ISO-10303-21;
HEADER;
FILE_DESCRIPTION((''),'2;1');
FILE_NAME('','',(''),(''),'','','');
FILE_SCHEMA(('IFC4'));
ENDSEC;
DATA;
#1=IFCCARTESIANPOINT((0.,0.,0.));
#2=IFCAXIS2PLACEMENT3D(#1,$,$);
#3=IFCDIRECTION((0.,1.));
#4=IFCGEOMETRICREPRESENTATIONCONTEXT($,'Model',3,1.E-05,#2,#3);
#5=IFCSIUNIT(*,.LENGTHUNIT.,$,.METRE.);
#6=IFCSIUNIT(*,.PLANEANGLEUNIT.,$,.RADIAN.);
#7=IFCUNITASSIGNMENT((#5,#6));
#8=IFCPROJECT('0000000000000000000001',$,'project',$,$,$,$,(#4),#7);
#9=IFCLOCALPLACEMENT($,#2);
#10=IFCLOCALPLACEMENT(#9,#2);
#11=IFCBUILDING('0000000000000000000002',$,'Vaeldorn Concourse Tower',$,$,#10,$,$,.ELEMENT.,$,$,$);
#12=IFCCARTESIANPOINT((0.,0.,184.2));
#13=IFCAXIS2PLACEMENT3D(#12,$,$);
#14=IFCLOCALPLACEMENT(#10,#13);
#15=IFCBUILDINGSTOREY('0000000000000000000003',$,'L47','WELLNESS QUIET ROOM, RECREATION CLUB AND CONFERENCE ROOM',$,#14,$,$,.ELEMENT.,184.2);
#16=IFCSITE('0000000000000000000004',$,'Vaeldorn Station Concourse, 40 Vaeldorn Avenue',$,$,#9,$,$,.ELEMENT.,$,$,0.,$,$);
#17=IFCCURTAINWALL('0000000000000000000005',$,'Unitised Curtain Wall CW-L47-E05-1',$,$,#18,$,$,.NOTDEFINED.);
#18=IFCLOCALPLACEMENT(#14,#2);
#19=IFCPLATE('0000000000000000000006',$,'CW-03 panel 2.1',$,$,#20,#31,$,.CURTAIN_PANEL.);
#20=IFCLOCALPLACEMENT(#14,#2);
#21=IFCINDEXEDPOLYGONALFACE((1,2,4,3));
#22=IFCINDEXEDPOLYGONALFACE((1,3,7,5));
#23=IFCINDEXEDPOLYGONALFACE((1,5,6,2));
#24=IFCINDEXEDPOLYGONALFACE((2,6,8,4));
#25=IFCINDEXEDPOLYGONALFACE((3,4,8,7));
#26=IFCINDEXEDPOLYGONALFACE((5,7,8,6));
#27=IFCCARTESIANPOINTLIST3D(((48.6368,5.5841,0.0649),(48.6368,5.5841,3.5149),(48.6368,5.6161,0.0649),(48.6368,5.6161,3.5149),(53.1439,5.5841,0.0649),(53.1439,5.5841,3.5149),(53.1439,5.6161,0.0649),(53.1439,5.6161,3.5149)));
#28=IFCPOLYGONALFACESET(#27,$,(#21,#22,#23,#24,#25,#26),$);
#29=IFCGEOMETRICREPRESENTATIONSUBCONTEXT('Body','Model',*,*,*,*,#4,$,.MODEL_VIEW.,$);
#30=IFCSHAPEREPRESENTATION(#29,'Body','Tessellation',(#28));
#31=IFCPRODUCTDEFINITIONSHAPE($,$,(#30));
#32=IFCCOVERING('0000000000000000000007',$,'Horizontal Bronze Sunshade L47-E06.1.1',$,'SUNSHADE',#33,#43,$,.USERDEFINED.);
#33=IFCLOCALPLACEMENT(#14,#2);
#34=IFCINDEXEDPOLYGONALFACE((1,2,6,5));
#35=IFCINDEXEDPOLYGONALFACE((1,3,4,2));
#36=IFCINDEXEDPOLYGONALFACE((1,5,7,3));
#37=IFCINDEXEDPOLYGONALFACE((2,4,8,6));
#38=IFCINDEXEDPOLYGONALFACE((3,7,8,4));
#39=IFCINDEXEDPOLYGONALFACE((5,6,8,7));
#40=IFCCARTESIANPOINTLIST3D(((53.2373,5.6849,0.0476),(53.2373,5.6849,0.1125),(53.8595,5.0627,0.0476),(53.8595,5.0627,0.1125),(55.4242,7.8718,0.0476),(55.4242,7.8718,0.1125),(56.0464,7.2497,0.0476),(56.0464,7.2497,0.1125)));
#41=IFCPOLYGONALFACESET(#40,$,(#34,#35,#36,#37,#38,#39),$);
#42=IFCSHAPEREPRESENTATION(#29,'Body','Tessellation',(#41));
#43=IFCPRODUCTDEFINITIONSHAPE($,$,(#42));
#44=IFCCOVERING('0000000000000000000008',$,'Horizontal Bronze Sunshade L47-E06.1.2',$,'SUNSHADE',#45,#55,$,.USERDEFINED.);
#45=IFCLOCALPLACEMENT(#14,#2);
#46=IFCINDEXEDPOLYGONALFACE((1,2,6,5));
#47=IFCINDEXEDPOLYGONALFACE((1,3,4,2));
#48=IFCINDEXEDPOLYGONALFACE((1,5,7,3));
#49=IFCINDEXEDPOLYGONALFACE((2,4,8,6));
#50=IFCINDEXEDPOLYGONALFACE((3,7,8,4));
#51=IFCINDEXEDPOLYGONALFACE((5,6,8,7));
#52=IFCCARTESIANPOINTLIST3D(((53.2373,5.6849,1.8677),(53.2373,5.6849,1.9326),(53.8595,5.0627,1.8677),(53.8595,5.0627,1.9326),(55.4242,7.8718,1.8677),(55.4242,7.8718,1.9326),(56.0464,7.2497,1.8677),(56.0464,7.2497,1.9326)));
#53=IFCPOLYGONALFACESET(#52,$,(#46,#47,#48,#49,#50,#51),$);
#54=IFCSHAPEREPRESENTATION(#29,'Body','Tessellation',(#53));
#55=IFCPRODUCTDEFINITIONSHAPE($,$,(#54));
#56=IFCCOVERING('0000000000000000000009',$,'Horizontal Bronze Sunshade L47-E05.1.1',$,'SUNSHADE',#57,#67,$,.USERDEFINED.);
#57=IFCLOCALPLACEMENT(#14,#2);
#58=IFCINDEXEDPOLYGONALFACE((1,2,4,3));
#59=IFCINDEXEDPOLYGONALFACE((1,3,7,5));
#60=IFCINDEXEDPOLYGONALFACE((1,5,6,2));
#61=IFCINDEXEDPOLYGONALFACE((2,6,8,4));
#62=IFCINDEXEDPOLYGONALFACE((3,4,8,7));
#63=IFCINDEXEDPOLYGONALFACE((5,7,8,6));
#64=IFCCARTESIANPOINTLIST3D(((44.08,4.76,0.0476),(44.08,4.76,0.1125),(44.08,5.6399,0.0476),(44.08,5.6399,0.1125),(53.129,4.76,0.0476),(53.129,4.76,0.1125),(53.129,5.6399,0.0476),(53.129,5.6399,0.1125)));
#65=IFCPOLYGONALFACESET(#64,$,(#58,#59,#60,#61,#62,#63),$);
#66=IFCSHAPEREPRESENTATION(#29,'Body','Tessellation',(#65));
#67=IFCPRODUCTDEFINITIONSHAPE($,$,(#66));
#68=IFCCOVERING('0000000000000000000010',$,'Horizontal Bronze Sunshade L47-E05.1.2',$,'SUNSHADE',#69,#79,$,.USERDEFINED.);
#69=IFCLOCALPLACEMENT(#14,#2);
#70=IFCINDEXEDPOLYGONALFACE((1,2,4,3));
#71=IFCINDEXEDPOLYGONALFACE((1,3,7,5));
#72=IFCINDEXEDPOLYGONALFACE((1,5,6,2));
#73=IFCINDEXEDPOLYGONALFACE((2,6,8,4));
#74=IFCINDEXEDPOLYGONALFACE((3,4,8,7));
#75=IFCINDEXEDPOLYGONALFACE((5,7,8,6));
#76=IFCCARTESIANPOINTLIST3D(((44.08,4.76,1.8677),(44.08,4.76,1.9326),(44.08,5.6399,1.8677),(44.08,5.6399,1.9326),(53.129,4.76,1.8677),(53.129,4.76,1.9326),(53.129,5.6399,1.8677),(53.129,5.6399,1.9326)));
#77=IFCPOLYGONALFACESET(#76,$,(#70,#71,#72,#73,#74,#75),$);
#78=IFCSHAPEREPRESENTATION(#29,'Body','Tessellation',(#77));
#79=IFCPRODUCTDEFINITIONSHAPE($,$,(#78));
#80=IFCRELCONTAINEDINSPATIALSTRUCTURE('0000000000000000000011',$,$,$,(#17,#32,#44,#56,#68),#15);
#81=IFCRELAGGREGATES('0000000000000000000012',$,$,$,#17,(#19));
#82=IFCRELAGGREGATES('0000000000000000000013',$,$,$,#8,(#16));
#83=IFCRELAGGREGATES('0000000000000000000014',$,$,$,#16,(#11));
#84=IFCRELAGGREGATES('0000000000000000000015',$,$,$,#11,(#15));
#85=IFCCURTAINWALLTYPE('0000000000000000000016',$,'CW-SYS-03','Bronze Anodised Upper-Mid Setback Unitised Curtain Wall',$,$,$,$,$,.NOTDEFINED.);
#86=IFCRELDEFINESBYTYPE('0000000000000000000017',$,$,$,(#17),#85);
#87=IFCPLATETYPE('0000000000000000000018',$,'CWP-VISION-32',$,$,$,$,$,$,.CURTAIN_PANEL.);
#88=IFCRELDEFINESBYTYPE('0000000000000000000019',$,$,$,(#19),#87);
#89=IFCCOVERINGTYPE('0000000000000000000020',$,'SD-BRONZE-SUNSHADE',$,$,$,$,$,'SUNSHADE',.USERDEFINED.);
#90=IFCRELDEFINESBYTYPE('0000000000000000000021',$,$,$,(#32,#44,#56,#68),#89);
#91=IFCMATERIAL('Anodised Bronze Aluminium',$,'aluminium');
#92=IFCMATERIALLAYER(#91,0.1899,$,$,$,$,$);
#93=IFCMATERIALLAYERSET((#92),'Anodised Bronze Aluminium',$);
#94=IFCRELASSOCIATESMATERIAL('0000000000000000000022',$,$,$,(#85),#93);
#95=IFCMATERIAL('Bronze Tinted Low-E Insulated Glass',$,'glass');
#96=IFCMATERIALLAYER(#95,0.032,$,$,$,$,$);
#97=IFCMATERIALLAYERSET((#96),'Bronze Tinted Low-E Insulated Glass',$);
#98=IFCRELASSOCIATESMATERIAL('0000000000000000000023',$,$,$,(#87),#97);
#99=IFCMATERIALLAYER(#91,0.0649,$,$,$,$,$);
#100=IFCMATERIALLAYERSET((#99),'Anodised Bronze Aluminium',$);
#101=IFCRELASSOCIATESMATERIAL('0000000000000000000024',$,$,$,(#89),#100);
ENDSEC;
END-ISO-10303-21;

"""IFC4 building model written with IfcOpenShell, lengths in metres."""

from ifc_helpers import new_model, si_unit, direction, frame, origin, origin_2d, place, context, subcontext, project, spatial, rectangle, extrude, source, transform, mapped, material, layer, layer_set, type_object, element, aggregate, save


model = new_model("IFC4")

# Units and contexts
model_context = context("Model", 3, precision=1e-05, world=origin(), true_north=direction((0.0, 1.0)))
body_context = subcontext(model_context, "Body", "Model", "MODEL_VIEW")
ifc_project = project(units=[si_unit("LENGTHUNIT", "METRE"), si_unit("PLANEANGLEUNIT", "RADIAN")], contexts=[model_context])

# Site, building, storey
site_placement = place(None, origin())
site = spatial("IfcSite", under=ifc_project, at=site_placement, Name="Vaeldorn Station Concourse, 40 Vaeldorn Avenue", CompositionType="ELEMENT", RefElevation=0.0)
building_placement = place(site_placement, origin())
building = spatial("IfcBuilding", under=site, at=building_placement, Name="Vaeldorn Concourse Tower", CompositionType="ELEMENT")
storey_placement = place(building_placement, frame((0.0, 0.0, 184.2)))
storey = spatial("IfcBuildingStorey", under=building, at=storey_placement, Name="L47", Description="WELLNESS QUIET ROOM, RECREATION CLUB AND CONFERENCE ROOM", CompositionType="ELEMENT", Elevation=184.2)

# Curtain wall
ifc_material_1 = material(Name="Anodised Bronze Aluminium", Category="aluminium")
ifc_layer_1 = layer(ifc_material_1, 0.1899)
ifc_layer_set_1 = layer_set([ifc_layer_1], Name="Anodised Bronze Aluminium")
curtain_wall_type = type_object("IfcCurtainWallType", Name="CW-SYS-03", Description="Bronze Anodised Upper-Mid Setback Unitised Curtain Wall", PredefinedType="NOTDEFINED", material=ifc_layer_set_1)
curtain_wall_1_placement = place(storey_placement, origin())
curtain_wall_1 = element("IfcCurtainWall", 1, at=curtain_wall_1_placement, inside=storey, type_object=curtain_wall_type, Name="Unitised Curtain Wall CW-L47-E05-1", PredefinedType="NOTDEFINED")

# Plate
ifc_material_2 = material(Name="Bronze Tinted Low-E Insulated Glass", Category="glass")
ifc_layer_2 = layer(ifc_material_2, 0.032)
ifc_layer_set_2 = layer_set([ifc_layer_2], Name="Bronze Tinted Low-E Insulated Glass")
plate_type = type_object("IfcPlateType", Name="CWP-VISION-32", PredefinedType="CURTAIN_PANEL", material=ifc_layer_set_2)
shared_shape_1 = source(origin(), body_context, "Body", "SweptSolid", [
    extrude(rectangle(XDim=4.5071, YDim=0.032, at=origin_2d()), origin(), (0.0, 0.0, 1.0), 3.45),
])
plate_1_placement = place(storey_placement, frame((50.8904, 5.6001, 0.0649), z_axis=(0.0, 0.0, 1.0), x_axis=(1.0, 0.0, 0.0)))
plate_1 = element("IfcPlate", 2, at=plate_1_placement, type_object=plate_type, Name="CW-03 panel 2.1", PredefinedType="CURTAIN_PANEL", context=body_context, shape_type="MappedRepresentation", body=[
    mapped(shared_shape_1, transform((0.0, 0.0, 0.0), scale=1.0)),
])
aggregate(curtain_wall_1, [plate_1])

# Coverings
ifc_layer_3 = layer(ifc_material_1, 0.0649)
ifc_layer_set_3 = layer_set([ifc_layer_3], Name="Anodised Bronze Aluminium")
covering_type = type_object("IfcCoveringType", Name="SD-BRONZE-SUNSHADE", ElementType="SUNSHADE", PredefinedType="USERDEFINED", material=ifc_layer_set_3)
shared_shape_2 = source(origin(), body_context, "Body", "SweptSolid", [
    extrude(rectangle(XDim=3.0928, YDim=0.8799, at=origin_2d()), origin(), (0.0, 0.0, 1.0), 0.0649),
])
for number, where, z_axis, x_axis, name in (
    (3, (54.6418, 6.4673, 0.0476), (0.0, 0.0, 1.0), (0.707107, 0.707107, 0.0), "Horizontal Bronze Sunshade L47-E06.1.1"),
    (4, (54.6418, 6.4673, 1.8677), (0.0, 0.0, 1.0), (0.707107, 0.707107, 0.0), "Horizontal Bronze Sunshade L47-E06.1.2"),
):
    element("IfcCovering", number, at=place(storey_placement, frame(where, z_axis=z_axis, x_axis=x_axis)), inside=storey, type_object=covering_type, Name=name, ObjectType="SUNSHADE", PredefinedType="USERDEFINED", context=body_context, shape_type="MappedRepresentation", body=[
        mapped(shared_shape_2, transform((0.0, 0.0, 0.0), scale=1.0)),
    ])
shared_shape_3 = source(origin(), body_context, "Body", "SweptSolid", [
    extrude(rectangle(XDim=9.0491, YDim=0.8799, at=origin_2d()), origin(), (0.0, 0.0, 1.0), 0.0649),
])
for number, where, z_axis, x_axis, name in (
    (5, (48.6045, 5.2, 0.0476), (0.0, 0.0, 1.0), (1.0, 0.0, 0.0), "Horizontal Bronze Sunshade L47-E05.1.1"),
    (6, (48.6045, 5.2, 1.8677), (0.0, 0.0, 1.0), (1.0, 0.0, 0.0), "Horizontal Bronze Sunshade L47-E05.1.2"),
):
    element("IfcCovering", number, at=place(storey_placement, frame(where, z_axis=z_axis, x_axis=x_axis)), inside=storey, type_object=covering_type, Name=name, ObjectType="SUNSHADE", PredefinedType="USERDEFINED", context=body_context, shape_type="MappedRepresentation", body=[
        mapped(shared_shape_3, transform((0.0, 0.0, 0.0), scale=1.0)),
    ])

save(model, "model.ifc")
